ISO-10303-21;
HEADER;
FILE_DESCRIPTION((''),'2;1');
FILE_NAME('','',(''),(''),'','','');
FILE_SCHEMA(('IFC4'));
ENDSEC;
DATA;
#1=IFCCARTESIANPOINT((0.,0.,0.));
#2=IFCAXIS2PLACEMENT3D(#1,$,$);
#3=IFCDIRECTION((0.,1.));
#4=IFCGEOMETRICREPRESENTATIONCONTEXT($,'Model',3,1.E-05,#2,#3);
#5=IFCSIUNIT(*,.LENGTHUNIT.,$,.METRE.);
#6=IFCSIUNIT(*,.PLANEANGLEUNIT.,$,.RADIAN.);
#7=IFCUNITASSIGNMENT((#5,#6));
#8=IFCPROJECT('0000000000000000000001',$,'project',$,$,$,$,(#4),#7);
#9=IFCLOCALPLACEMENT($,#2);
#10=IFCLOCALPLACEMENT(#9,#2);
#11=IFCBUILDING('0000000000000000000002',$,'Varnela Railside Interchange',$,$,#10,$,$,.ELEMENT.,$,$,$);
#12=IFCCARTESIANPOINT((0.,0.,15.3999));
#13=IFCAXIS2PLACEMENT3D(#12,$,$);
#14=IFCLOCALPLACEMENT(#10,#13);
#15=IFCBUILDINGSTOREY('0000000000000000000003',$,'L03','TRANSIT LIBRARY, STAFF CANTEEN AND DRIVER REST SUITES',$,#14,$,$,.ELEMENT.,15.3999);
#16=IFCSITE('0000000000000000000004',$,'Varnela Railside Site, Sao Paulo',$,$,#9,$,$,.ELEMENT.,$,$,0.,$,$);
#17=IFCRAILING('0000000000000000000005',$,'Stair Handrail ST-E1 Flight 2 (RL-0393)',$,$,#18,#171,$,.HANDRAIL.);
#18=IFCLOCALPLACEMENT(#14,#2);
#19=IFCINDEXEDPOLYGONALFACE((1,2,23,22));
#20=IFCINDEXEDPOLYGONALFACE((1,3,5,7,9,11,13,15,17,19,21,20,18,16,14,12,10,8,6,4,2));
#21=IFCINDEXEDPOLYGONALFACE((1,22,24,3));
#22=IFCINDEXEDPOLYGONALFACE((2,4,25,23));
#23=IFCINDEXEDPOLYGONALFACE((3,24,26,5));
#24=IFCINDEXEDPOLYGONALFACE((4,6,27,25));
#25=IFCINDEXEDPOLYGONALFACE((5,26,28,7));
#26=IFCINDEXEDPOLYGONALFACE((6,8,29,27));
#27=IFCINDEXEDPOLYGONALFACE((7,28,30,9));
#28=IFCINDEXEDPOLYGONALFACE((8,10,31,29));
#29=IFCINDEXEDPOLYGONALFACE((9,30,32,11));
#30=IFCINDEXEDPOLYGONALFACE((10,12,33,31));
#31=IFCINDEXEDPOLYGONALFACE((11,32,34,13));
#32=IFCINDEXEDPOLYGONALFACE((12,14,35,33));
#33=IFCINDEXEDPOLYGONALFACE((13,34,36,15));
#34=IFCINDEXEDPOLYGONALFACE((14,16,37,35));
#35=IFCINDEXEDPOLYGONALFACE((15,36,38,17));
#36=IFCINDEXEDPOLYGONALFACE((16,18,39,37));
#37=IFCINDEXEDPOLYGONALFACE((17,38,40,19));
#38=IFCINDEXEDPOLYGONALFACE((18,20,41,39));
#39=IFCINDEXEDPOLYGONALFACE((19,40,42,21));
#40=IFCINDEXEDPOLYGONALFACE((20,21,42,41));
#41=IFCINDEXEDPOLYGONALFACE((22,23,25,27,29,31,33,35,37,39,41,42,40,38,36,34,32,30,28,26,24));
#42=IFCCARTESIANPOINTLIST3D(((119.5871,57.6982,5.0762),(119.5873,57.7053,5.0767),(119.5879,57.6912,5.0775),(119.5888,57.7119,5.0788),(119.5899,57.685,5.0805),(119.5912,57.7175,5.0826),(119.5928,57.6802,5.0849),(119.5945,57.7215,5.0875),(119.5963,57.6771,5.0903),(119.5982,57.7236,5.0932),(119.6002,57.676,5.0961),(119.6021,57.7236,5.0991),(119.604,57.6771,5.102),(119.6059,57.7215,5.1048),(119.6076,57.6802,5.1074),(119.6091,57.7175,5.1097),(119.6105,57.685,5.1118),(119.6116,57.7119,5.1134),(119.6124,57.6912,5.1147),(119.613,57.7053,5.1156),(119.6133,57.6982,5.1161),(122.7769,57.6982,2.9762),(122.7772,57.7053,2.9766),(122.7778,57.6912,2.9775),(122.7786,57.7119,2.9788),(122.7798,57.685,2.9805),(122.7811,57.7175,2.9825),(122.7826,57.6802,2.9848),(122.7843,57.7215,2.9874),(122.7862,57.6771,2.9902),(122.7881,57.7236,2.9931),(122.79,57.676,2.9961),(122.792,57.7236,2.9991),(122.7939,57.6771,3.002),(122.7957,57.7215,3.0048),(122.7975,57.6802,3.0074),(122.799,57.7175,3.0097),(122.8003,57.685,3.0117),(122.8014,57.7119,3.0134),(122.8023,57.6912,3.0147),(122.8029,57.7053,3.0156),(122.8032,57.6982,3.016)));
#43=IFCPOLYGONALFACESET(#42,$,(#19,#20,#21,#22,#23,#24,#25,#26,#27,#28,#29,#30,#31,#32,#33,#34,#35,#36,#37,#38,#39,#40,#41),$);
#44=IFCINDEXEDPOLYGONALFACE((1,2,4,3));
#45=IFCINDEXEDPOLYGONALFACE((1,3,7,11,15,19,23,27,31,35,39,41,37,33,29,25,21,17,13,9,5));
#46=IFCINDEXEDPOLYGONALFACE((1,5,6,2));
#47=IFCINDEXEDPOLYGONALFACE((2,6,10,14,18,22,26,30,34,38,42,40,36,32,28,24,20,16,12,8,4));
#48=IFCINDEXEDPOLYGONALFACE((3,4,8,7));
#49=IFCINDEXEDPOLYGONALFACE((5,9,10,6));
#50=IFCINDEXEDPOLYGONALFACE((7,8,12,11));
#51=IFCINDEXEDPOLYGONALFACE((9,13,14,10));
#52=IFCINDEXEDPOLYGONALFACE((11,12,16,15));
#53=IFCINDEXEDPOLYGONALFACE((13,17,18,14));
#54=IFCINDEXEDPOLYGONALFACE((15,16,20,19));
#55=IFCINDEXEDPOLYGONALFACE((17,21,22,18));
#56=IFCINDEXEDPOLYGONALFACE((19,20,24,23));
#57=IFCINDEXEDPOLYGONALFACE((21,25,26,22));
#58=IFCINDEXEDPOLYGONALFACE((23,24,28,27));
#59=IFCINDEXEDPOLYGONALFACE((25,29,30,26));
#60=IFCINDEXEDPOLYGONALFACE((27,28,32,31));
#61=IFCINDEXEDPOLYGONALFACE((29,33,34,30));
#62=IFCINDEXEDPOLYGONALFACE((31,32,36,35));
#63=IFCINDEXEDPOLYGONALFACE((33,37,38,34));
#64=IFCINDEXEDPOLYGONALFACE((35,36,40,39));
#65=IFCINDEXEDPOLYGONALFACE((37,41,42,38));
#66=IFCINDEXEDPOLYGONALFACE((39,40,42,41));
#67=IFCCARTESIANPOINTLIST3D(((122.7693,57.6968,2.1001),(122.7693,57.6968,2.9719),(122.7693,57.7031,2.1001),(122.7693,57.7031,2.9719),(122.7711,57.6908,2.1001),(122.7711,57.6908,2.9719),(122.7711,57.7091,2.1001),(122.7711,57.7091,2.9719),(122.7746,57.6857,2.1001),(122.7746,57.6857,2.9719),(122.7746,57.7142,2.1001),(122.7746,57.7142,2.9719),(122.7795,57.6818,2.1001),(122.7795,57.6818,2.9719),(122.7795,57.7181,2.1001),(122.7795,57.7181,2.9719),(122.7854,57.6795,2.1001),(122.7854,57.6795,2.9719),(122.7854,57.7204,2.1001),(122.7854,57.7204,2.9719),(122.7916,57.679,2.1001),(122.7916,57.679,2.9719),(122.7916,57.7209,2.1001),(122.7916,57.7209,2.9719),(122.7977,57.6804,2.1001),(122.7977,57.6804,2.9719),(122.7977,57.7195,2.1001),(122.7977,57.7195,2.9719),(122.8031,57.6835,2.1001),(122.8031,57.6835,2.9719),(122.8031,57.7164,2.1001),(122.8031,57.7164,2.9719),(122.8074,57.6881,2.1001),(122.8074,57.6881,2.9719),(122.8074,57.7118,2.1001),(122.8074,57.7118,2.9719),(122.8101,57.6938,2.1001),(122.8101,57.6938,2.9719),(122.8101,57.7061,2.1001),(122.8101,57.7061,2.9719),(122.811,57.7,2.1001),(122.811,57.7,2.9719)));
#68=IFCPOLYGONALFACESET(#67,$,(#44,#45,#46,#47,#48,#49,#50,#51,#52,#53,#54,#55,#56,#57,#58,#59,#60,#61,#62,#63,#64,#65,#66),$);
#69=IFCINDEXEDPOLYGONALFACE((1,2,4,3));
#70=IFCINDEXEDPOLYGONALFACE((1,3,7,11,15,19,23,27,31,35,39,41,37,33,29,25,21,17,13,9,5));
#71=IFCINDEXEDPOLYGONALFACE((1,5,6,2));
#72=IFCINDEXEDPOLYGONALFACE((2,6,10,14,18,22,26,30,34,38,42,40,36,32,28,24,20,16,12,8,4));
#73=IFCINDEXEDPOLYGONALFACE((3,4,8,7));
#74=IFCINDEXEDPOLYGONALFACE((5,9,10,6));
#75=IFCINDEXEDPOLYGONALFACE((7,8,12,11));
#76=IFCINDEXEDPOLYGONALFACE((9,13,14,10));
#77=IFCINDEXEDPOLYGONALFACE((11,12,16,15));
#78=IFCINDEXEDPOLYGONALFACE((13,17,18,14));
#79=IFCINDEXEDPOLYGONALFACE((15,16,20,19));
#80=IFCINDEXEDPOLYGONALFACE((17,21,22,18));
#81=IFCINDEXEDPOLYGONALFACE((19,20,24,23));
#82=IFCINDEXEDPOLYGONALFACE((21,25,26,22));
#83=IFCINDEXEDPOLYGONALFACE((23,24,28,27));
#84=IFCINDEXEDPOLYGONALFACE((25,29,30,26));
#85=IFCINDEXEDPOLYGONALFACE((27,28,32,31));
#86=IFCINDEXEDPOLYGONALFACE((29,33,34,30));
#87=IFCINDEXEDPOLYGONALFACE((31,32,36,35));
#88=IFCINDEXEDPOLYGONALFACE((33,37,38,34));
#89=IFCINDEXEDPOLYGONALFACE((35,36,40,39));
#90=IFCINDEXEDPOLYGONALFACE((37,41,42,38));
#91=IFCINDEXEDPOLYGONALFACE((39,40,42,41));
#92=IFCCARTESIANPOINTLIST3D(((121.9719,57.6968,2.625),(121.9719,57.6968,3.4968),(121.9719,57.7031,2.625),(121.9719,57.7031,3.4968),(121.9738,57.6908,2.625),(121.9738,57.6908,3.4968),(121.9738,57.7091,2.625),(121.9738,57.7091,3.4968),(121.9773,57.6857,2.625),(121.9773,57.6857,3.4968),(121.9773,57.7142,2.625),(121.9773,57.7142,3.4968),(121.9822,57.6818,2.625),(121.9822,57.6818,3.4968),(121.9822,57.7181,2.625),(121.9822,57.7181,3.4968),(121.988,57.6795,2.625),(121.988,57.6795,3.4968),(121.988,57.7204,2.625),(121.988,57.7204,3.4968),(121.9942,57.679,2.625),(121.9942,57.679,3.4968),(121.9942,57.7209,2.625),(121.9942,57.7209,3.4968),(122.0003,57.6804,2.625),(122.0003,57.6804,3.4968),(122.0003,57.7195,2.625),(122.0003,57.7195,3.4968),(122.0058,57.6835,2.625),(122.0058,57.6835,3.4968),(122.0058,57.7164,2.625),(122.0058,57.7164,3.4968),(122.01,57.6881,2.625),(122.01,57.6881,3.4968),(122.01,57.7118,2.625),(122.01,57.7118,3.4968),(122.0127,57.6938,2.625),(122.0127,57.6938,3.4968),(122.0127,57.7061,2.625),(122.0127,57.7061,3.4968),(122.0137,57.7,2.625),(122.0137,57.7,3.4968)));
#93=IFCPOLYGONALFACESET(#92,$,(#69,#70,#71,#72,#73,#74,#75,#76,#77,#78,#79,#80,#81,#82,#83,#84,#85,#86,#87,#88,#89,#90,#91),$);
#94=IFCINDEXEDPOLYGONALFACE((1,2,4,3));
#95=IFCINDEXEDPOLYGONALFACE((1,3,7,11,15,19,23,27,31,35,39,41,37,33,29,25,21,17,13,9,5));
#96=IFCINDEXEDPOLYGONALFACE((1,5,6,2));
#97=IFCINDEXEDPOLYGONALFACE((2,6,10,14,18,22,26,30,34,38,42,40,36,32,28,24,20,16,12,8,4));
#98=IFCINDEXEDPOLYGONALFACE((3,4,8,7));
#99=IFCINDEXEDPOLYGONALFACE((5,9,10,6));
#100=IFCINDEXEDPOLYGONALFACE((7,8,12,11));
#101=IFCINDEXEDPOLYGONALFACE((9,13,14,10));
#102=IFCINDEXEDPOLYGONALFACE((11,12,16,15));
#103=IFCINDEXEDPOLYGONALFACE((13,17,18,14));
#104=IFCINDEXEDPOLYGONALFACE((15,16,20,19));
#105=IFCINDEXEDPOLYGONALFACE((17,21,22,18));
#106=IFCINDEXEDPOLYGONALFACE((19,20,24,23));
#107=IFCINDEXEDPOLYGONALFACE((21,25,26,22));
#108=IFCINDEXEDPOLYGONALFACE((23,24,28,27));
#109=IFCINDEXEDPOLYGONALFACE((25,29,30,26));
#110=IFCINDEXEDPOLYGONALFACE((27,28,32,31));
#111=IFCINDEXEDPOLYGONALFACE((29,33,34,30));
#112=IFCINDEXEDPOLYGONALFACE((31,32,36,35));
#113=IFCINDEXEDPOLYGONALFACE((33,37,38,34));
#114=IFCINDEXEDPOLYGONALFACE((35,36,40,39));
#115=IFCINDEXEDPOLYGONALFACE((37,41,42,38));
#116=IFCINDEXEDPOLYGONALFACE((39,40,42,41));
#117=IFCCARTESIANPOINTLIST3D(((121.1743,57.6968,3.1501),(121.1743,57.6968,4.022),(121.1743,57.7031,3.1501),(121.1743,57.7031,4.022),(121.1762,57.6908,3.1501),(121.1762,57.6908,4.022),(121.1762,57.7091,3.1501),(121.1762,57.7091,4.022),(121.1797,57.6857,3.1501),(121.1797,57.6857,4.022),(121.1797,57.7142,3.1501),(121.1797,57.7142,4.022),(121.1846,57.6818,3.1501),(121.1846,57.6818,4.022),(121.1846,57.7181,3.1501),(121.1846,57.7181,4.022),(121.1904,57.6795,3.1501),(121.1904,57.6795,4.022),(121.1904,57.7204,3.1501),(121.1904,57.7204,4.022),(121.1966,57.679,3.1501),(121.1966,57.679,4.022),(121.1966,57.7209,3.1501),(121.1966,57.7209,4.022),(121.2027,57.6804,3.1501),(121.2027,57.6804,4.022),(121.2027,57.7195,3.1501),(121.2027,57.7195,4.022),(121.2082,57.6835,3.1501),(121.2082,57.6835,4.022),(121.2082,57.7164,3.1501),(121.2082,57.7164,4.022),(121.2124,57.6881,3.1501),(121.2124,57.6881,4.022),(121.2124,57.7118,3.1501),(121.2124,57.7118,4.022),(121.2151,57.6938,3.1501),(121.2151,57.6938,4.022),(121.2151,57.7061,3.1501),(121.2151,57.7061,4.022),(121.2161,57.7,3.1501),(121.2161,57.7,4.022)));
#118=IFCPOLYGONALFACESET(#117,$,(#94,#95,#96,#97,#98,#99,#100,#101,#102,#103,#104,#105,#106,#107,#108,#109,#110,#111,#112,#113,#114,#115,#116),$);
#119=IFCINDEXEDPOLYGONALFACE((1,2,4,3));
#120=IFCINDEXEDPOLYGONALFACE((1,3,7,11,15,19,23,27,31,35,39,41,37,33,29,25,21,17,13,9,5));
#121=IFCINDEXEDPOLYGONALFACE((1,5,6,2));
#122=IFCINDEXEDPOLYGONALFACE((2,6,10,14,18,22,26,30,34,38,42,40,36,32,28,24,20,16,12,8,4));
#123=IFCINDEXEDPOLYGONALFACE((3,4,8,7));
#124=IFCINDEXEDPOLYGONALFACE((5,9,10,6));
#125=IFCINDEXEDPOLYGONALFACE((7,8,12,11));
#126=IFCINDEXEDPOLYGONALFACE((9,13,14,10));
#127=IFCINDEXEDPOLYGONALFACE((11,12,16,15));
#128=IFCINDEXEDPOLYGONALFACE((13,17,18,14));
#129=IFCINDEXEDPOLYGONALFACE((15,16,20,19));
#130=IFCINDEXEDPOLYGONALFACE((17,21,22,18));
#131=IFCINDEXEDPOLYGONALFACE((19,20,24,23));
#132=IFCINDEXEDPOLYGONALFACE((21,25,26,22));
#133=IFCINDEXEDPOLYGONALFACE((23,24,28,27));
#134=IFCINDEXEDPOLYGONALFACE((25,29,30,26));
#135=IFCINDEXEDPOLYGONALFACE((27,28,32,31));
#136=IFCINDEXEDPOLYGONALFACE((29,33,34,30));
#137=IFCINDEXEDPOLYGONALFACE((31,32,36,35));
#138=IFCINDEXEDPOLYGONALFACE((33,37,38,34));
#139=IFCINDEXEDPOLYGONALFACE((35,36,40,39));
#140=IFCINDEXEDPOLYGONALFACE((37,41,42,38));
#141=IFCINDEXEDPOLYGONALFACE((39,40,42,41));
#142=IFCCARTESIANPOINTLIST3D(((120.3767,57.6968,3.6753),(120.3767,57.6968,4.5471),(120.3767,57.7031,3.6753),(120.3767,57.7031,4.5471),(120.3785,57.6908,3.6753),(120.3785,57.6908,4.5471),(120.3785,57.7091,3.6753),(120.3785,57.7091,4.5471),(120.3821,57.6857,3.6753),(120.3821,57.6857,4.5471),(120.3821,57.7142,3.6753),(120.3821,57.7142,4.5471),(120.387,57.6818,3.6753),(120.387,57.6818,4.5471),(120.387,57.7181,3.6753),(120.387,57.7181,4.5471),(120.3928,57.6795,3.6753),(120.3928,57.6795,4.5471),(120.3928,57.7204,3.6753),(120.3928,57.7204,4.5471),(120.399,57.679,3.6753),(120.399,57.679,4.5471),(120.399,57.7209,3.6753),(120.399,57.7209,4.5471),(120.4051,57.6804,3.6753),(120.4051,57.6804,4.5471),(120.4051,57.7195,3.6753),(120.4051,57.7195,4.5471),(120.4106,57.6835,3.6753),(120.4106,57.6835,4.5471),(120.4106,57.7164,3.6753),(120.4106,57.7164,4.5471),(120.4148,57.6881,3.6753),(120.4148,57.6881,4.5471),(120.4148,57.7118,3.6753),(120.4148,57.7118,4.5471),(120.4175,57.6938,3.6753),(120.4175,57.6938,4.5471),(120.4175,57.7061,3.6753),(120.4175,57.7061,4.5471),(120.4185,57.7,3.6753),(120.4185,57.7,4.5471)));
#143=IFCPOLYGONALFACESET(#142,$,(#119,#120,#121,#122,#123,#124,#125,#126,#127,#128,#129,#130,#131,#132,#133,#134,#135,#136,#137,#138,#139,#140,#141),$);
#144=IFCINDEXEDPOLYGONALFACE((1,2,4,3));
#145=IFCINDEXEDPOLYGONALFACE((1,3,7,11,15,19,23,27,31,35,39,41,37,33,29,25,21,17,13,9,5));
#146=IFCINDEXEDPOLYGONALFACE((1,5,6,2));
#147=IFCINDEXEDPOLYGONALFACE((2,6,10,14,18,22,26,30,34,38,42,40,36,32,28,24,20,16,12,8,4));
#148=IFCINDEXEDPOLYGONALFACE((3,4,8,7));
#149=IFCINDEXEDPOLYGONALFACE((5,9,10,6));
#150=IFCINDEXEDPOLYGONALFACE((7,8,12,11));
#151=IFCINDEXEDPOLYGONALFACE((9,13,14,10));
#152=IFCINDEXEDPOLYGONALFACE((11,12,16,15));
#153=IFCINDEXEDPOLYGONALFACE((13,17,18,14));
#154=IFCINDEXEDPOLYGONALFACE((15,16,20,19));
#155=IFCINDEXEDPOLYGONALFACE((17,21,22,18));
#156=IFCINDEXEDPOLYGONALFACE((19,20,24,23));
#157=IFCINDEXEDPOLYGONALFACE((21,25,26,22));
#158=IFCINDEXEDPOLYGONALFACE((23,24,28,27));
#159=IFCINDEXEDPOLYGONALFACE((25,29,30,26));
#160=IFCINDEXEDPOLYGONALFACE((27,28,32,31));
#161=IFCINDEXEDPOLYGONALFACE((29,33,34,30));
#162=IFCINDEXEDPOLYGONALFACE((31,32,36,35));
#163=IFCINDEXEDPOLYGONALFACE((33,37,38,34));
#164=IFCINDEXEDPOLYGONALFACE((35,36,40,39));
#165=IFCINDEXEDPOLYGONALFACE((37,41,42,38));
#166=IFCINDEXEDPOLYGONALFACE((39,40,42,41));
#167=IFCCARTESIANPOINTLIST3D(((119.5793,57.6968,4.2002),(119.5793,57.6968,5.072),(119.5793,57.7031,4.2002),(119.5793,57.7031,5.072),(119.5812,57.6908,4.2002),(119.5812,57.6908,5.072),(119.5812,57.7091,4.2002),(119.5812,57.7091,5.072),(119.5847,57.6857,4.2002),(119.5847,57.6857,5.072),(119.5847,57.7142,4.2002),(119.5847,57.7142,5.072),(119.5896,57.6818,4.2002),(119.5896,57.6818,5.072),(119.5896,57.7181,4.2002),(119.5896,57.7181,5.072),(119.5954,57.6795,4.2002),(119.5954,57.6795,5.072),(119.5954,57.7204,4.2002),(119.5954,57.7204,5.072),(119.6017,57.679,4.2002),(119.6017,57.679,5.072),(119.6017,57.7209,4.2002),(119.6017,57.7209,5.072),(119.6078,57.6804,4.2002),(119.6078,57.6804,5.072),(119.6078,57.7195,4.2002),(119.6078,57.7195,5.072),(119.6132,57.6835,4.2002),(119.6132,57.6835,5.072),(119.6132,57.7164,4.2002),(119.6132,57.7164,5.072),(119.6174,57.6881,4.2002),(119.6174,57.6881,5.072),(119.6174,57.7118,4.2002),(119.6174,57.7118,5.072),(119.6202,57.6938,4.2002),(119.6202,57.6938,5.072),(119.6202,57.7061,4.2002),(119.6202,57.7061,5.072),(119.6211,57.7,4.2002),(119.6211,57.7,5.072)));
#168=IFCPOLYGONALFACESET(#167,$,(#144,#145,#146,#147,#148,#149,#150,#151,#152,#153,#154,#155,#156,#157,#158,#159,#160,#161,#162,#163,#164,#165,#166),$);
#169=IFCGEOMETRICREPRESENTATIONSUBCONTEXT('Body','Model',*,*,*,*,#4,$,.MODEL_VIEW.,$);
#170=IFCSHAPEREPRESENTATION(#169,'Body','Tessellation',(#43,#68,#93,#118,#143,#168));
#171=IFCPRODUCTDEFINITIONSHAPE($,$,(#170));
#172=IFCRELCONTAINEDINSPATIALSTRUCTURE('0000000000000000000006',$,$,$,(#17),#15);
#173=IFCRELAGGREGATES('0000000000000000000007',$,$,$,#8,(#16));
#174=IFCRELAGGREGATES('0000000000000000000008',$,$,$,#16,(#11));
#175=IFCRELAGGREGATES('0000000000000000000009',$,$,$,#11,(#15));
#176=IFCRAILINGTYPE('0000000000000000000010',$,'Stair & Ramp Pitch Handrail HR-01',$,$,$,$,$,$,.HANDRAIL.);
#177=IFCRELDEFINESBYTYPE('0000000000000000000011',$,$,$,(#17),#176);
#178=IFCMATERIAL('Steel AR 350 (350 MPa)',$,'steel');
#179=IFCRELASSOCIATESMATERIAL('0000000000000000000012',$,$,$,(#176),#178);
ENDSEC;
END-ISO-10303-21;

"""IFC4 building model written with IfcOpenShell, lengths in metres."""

from ifc_helpers import new_model, si_unit, direction, frame, origin, origin_2d, place, context, subcontext, project, spatial, circle, extrude, material, type_object, element, save


model = new_model("IFC4")

# Units and contexts
model_context = context("Model", 3, precision=1e-05, world=origin(), true_north=direction((0.0, 1.0)))
body_context = subcontext(model_context, "Body", "Model", "MODEL_VIEW")
ifc_project = project(units=[si_unit("LENGTHUNIT", "METRE"), si_unit("PLANEANGLEUNIT", "RADIAN")], contexts=[model_context])

# Site, building, storey
site_placement = place(None, origin())
site = spatial("IfcSite", under=ifc_project, at=site_placement, Name="Varnela Railside Site, Sao Paulo", CompositionType="ELEMENT", RefElevation=0.0)
building_placement = place(site_placement, origin())
building = spatial("IfcBuilding", under=site, at=building_placement, Name="Varnela Railside Interchange", CompositionType="ELEMENT")
storey_placement = place(building_placement, frame((0.0, 0.0, 15.3999)))
storey = spatial("IfcBuildingStorey", under=building, at=storey_placement, Name="L03", Description="TRANSIT LIBRARY, STAFF CANTEEN AND DRIVER REST SUITES", CompositionType="ELEMENT", Elevation=15.3999)

# Shared definitions
ifc_material_1 = material(Name="Steel AR 350 (350 MPa)", Category="steel")

# Railing
railing_type_1 = type_object("IfcRailingType", Name="Stair & Ramp Pitch Handrail HR-01", PredefinedType="HANDRAIL", material=ifc_material_1)
railing_1_placement = place(storey_placement, frame((122.79, 57.7, 2.1001)))
element("IfcRailing", 1, at=railing_1_placement, inside=storey, type_object=railing_type_1, Name="Stair Handrail ST-E1 Flight 2 (RL-0393)", PredefinedType="HANDRAIL", context=body_context, shape_type="SweptSolid", body=[
    extrude(circle(Radius=0.0239, at=origin_2d()), frame((0.0, 0.0, 0.896), z_axis=(-0.835242, 0.0, 0.549882), x_axis=(0.0, -1.0, 0.0)), (0.0, 0.0, 1.0), 3.8191),
    extrude(circle(Radius=0.021, at=origin_2d()), origin(), (0.0, 0.0, 1.0), 0.8718),
    extrude(circle(Radius=0.021, at=origin_2d()), frame((-0.7974, 0.0, 0.5249)), (0.0, 0.0, 1.0), 0.8718),
    extrude(circle(Radius=0.021, at=origin_2d()), frame((-1.595, 0.0, 1.05)), (0.0, 0.0, 1.0), 0.8718),
    extrude(circle(Radius=0.021, at=origin_2d()), frame((-2.3926, 0.0, 1.5752)), (0.0, 0.0, 1.0), 0.8718),
    extrude(circle(Radius=0.021, at=origin_2d()), frame((-3.1899, 0.0, 2.1001)), (0.0, 0.0, 1.0), 0.8718),
])

save(model, "model.ifc")
